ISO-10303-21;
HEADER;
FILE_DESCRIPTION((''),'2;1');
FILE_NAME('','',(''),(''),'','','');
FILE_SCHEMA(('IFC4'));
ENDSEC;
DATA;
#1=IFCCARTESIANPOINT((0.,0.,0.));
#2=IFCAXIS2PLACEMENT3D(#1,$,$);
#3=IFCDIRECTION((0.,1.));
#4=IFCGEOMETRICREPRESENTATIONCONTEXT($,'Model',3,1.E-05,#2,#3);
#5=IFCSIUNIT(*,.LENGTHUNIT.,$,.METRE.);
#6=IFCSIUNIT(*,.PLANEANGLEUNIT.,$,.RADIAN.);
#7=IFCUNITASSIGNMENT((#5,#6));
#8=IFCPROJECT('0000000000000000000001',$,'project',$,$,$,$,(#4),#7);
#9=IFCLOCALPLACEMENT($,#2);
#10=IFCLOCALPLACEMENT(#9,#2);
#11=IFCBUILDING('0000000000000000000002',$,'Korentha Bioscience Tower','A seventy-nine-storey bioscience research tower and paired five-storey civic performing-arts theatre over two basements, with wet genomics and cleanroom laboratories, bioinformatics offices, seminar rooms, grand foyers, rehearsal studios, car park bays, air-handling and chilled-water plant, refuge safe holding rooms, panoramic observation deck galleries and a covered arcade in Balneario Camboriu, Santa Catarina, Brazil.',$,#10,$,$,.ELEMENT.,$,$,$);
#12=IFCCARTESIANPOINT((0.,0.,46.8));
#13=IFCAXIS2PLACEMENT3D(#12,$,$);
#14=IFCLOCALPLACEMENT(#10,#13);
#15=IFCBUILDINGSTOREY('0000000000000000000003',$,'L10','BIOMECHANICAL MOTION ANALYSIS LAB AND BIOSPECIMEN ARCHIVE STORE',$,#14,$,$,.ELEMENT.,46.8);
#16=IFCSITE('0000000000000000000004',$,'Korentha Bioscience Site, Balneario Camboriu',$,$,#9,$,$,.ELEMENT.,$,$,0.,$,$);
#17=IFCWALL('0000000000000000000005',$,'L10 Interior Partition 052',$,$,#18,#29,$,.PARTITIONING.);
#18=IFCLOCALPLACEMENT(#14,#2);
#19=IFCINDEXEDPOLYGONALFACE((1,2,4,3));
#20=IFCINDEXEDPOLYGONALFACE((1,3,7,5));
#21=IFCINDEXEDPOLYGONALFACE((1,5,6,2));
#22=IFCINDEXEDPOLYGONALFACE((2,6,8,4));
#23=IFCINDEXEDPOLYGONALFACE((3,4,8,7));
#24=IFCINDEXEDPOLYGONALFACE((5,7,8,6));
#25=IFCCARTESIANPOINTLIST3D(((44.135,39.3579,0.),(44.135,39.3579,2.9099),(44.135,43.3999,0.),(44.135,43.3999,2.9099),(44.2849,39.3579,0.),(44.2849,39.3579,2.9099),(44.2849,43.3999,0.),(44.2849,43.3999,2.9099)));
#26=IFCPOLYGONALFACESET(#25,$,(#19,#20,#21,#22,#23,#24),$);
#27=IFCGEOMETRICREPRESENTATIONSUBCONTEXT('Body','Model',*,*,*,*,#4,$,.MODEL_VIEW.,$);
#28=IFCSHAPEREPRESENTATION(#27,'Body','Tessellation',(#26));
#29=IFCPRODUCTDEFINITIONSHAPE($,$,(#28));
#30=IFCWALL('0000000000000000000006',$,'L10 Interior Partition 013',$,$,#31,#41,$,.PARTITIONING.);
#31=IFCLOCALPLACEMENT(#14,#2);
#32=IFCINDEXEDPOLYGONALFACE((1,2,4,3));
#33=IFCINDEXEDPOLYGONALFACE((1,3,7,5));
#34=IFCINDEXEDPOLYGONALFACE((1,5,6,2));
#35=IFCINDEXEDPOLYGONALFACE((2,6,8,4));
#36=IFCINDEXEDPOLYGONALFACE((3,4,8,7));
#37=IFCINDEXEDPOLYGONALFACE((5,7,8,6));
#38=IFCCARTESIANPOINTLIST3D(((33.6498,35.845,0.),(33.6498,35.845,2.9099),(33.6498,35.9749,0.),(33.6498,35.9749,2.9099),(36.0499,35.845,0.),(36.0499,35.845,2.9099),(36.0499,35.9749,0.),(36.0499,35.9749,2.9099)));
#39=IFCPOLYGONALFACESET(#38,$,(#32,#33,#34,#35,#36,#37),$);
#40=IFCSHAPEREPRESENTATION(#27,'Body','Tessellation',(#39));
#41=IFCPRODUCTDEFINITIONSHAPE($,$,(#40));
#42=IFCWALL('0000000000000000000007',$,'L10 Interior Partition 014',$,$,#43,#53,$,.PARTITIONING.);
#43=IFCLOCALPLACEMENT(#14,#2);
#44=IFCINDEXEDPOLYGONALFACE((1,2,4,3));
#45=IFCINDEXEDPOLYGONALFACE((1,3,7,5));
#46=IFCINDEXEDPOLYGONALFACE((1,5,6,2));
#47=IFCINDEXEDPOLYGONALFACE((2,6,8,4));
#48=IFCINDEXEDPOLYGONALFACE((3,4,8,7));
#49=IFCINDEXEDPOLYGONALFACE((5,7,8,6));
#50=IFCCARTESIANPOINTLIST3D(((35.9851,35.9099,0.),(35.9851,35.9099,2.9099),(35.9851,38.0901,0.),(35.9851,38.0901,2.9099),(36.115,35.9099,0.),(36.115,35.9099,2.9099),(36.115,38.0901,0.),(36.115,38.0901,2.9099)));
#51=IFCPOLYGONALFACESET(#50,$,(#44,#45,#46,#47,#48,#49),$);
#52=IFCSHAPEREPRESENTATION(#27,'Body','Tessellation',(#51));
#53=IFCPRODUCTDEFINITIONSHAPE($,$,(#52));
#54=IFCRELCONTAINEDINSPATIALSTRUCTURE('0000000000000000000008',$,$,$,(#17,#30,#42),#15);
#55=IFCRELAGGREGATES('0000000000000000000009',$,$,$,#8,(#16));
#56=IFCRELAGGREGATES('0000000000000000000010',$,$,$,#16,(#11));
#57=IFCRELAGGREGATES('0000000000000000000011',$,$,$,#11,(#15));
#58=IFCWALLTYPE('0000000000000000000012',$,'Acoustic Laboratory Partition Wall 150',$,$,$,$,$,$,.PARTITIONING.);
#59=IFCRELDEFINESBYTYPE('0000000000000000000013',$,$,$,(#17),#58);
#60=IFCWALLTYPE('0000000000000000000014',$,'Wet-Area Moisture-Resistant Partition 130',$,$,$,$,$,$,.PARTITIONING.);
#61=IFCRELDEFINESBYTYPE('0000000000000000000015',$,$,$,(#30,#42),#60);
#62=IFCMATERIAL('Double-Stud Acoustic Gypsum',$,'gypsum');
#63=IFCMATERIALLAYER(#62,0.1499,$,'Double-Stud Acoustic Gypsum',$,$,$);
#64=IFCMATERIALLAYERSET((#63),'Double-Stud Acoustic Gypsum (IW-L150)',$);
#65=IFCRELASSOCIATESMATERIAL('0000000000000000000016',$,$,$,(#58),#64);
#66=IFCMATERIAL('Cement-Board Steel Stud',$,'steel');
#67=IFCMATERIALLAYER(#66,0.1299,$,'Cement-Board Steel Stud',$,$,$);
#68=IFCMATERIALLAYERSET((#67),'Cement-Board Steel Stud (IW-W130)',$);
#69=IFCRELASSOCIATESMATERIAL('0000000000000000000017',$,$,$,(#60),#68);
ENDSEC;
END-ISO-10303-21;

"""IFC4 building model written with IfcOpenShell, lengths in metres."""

from ifc_helpers import new_model, si_unit, direction, frame, frame_2d, origin, place, context, subcontext, project, spatial, rectangle, extrude, material, layer, layer_set, type_object, element, save


model = new_model("IFC4")

# Units and contexts
model_context = context("Model", 3, precision=1e-05, world=origin(), true_north=direction((0.0, 1.0)))
body_context = subcontext(model_context, "Body", "Model", "MODEL_VIEW")
ifc_project = project(units=[si_unit("LENGTHUNIT", "METRE"), si_unit("PLANEANGLEUNIT", "RADIAN")], contexts=[model_context])

# Site, building, storey
site_placement = place(None, origin())
site = spatial("IfcSite", under=ifc_project, at=site_placement, Name="Korentha Bioscience Site, Balneario Camboriu", CompositionType="ELEMENT", RefElevation=0.0)
building_placement = place(site_placement, origin())
building = spatial("IfcBuilding", under=site, at=building_placement, Name="Korentha Bioscience Tower", Description="A seventy-nine-storey bioscience research tower and paired five-storey civic performing-arts theatre over two basements, with wet genomics and cleanroom laboratories, bioinformatics offices, seminar rooms, grand foyers, rehearsal studios, car park bays, air-handling and chilled-water plant, refuge safe holding rooms, panoramic observation deck galleries and a covered arcade in Balneario Camboriu, Santa Catarina, Brazil.", CompositionType="ELEMENT")
storey_placement = place(building_placement, frame((0.0, 0.0, 46.8)))
storey = spatial("IfcBuildingStorey", under=building, at=storey_placement, Name="L10", Description="BIOMECHANICAL MOTION ANALYSIS LAB AND BIOSPECIMEN ARCHIVE STORE", CompositionType="ELEMENT", Elevation=46.8)

# Wall
ifc_material_1 = material(Name="Double-Stud Acoustic Gypsum", Category="gypsum")
ifc_layer_1 = layer(ifc_material_1, 0.1499, Name="Double-Stud Acoustic Gypsum")
ifc_layer_set_1 = layer_set([ifc_layer_1], Name="Double-Stud Acoustic Gypsum (IW-L150)")
wall_type_1 = type_object("IfcWallType", Name="Acoustic Laboratory Partition Wall 150", PredefinedType="PARTITIONING", material=ifc_layer_set_1)
wall_1_placement = place(storey_placement, frame((44.21, 39.3579, 0.0), z_axis=(0.0, 0.0, 1.0), x_axis=(0.0, 1.0, 0.0)))
element("IfcWall", 1, at=wall_1_placement, inside=storey, type_object=wall_type_1, Name="L10 Interior Partition 052", PredefinedType="PARTITIONING", context=body_context, shape_type="SweptSolid", body=[
    extrude(rectangle(XDim=4.042, YDim=0.1499, at=frame_2d((2.021, 0.0))), origin(), (0.0, 0.0, 1.0), 2.9099),
])

# Shared definitions
ifc_material_2 = material(Name="Cement-Board Steel Stud", Category="steel")
ifc_layer_2 = layer(ifc_material_2, 0.1299, Name="Cement-Board Steel Stud")
ifc_layer_set_2 = layer_set([ifc_layer_2], Name="Cement-Board Steel Stud (IW-W130)")
wall_type_2 = type_object("IfcWallType", Name="Wet-Area Moisture-Resistant Partition 130", PredefinedType="PARTITIONING", material=ifc_layer_set_2)

# Walls
wall_2_placement = place(storey_placement, frame((36.05, 35.9099, 0.0), z_axis=(0.0, 0.0, 1.0), x_axis=(-1.0, 0.0, 0.0)))
element("IfcWall", 2, at=wall_2_placement, inside=storey, type_object=wall_type_2, Name="L10 Interior Partition 013", PredefinedType="PARTITIONING", context=body_context, shape_type="SweptSolid", body=[
    extrude(rectangle(XDim=2.4001, YDim=0.1299, at=frame_2d((1.2002, 0.0))), origin(), (0.0, 0.0, 1.0), 2.9099),
])
wall_3_placement = place(storey_placement, frame((36.05, 38.0901, 0.0), z_axis=(0.0, 0.0, 1.0), x_axis=(0.0, -1.0, 0.0)))
element("IfcWall", 3, at=wall_3_placement, inside=storey, type_object=wall_type_2, Name="L10 Interior Partition 014", PredefinedType="PARTITIONING", context=body_context, shape_type="SweptSolid", body=[
    extrude(rectangle(XDim=2.1802, YDim=0.1299, at=frame_2d((1.0901, 0.0))), origin(), (0.0, 0.0, 1.0), 2.9099),
])

save(model, "model.ifc")
